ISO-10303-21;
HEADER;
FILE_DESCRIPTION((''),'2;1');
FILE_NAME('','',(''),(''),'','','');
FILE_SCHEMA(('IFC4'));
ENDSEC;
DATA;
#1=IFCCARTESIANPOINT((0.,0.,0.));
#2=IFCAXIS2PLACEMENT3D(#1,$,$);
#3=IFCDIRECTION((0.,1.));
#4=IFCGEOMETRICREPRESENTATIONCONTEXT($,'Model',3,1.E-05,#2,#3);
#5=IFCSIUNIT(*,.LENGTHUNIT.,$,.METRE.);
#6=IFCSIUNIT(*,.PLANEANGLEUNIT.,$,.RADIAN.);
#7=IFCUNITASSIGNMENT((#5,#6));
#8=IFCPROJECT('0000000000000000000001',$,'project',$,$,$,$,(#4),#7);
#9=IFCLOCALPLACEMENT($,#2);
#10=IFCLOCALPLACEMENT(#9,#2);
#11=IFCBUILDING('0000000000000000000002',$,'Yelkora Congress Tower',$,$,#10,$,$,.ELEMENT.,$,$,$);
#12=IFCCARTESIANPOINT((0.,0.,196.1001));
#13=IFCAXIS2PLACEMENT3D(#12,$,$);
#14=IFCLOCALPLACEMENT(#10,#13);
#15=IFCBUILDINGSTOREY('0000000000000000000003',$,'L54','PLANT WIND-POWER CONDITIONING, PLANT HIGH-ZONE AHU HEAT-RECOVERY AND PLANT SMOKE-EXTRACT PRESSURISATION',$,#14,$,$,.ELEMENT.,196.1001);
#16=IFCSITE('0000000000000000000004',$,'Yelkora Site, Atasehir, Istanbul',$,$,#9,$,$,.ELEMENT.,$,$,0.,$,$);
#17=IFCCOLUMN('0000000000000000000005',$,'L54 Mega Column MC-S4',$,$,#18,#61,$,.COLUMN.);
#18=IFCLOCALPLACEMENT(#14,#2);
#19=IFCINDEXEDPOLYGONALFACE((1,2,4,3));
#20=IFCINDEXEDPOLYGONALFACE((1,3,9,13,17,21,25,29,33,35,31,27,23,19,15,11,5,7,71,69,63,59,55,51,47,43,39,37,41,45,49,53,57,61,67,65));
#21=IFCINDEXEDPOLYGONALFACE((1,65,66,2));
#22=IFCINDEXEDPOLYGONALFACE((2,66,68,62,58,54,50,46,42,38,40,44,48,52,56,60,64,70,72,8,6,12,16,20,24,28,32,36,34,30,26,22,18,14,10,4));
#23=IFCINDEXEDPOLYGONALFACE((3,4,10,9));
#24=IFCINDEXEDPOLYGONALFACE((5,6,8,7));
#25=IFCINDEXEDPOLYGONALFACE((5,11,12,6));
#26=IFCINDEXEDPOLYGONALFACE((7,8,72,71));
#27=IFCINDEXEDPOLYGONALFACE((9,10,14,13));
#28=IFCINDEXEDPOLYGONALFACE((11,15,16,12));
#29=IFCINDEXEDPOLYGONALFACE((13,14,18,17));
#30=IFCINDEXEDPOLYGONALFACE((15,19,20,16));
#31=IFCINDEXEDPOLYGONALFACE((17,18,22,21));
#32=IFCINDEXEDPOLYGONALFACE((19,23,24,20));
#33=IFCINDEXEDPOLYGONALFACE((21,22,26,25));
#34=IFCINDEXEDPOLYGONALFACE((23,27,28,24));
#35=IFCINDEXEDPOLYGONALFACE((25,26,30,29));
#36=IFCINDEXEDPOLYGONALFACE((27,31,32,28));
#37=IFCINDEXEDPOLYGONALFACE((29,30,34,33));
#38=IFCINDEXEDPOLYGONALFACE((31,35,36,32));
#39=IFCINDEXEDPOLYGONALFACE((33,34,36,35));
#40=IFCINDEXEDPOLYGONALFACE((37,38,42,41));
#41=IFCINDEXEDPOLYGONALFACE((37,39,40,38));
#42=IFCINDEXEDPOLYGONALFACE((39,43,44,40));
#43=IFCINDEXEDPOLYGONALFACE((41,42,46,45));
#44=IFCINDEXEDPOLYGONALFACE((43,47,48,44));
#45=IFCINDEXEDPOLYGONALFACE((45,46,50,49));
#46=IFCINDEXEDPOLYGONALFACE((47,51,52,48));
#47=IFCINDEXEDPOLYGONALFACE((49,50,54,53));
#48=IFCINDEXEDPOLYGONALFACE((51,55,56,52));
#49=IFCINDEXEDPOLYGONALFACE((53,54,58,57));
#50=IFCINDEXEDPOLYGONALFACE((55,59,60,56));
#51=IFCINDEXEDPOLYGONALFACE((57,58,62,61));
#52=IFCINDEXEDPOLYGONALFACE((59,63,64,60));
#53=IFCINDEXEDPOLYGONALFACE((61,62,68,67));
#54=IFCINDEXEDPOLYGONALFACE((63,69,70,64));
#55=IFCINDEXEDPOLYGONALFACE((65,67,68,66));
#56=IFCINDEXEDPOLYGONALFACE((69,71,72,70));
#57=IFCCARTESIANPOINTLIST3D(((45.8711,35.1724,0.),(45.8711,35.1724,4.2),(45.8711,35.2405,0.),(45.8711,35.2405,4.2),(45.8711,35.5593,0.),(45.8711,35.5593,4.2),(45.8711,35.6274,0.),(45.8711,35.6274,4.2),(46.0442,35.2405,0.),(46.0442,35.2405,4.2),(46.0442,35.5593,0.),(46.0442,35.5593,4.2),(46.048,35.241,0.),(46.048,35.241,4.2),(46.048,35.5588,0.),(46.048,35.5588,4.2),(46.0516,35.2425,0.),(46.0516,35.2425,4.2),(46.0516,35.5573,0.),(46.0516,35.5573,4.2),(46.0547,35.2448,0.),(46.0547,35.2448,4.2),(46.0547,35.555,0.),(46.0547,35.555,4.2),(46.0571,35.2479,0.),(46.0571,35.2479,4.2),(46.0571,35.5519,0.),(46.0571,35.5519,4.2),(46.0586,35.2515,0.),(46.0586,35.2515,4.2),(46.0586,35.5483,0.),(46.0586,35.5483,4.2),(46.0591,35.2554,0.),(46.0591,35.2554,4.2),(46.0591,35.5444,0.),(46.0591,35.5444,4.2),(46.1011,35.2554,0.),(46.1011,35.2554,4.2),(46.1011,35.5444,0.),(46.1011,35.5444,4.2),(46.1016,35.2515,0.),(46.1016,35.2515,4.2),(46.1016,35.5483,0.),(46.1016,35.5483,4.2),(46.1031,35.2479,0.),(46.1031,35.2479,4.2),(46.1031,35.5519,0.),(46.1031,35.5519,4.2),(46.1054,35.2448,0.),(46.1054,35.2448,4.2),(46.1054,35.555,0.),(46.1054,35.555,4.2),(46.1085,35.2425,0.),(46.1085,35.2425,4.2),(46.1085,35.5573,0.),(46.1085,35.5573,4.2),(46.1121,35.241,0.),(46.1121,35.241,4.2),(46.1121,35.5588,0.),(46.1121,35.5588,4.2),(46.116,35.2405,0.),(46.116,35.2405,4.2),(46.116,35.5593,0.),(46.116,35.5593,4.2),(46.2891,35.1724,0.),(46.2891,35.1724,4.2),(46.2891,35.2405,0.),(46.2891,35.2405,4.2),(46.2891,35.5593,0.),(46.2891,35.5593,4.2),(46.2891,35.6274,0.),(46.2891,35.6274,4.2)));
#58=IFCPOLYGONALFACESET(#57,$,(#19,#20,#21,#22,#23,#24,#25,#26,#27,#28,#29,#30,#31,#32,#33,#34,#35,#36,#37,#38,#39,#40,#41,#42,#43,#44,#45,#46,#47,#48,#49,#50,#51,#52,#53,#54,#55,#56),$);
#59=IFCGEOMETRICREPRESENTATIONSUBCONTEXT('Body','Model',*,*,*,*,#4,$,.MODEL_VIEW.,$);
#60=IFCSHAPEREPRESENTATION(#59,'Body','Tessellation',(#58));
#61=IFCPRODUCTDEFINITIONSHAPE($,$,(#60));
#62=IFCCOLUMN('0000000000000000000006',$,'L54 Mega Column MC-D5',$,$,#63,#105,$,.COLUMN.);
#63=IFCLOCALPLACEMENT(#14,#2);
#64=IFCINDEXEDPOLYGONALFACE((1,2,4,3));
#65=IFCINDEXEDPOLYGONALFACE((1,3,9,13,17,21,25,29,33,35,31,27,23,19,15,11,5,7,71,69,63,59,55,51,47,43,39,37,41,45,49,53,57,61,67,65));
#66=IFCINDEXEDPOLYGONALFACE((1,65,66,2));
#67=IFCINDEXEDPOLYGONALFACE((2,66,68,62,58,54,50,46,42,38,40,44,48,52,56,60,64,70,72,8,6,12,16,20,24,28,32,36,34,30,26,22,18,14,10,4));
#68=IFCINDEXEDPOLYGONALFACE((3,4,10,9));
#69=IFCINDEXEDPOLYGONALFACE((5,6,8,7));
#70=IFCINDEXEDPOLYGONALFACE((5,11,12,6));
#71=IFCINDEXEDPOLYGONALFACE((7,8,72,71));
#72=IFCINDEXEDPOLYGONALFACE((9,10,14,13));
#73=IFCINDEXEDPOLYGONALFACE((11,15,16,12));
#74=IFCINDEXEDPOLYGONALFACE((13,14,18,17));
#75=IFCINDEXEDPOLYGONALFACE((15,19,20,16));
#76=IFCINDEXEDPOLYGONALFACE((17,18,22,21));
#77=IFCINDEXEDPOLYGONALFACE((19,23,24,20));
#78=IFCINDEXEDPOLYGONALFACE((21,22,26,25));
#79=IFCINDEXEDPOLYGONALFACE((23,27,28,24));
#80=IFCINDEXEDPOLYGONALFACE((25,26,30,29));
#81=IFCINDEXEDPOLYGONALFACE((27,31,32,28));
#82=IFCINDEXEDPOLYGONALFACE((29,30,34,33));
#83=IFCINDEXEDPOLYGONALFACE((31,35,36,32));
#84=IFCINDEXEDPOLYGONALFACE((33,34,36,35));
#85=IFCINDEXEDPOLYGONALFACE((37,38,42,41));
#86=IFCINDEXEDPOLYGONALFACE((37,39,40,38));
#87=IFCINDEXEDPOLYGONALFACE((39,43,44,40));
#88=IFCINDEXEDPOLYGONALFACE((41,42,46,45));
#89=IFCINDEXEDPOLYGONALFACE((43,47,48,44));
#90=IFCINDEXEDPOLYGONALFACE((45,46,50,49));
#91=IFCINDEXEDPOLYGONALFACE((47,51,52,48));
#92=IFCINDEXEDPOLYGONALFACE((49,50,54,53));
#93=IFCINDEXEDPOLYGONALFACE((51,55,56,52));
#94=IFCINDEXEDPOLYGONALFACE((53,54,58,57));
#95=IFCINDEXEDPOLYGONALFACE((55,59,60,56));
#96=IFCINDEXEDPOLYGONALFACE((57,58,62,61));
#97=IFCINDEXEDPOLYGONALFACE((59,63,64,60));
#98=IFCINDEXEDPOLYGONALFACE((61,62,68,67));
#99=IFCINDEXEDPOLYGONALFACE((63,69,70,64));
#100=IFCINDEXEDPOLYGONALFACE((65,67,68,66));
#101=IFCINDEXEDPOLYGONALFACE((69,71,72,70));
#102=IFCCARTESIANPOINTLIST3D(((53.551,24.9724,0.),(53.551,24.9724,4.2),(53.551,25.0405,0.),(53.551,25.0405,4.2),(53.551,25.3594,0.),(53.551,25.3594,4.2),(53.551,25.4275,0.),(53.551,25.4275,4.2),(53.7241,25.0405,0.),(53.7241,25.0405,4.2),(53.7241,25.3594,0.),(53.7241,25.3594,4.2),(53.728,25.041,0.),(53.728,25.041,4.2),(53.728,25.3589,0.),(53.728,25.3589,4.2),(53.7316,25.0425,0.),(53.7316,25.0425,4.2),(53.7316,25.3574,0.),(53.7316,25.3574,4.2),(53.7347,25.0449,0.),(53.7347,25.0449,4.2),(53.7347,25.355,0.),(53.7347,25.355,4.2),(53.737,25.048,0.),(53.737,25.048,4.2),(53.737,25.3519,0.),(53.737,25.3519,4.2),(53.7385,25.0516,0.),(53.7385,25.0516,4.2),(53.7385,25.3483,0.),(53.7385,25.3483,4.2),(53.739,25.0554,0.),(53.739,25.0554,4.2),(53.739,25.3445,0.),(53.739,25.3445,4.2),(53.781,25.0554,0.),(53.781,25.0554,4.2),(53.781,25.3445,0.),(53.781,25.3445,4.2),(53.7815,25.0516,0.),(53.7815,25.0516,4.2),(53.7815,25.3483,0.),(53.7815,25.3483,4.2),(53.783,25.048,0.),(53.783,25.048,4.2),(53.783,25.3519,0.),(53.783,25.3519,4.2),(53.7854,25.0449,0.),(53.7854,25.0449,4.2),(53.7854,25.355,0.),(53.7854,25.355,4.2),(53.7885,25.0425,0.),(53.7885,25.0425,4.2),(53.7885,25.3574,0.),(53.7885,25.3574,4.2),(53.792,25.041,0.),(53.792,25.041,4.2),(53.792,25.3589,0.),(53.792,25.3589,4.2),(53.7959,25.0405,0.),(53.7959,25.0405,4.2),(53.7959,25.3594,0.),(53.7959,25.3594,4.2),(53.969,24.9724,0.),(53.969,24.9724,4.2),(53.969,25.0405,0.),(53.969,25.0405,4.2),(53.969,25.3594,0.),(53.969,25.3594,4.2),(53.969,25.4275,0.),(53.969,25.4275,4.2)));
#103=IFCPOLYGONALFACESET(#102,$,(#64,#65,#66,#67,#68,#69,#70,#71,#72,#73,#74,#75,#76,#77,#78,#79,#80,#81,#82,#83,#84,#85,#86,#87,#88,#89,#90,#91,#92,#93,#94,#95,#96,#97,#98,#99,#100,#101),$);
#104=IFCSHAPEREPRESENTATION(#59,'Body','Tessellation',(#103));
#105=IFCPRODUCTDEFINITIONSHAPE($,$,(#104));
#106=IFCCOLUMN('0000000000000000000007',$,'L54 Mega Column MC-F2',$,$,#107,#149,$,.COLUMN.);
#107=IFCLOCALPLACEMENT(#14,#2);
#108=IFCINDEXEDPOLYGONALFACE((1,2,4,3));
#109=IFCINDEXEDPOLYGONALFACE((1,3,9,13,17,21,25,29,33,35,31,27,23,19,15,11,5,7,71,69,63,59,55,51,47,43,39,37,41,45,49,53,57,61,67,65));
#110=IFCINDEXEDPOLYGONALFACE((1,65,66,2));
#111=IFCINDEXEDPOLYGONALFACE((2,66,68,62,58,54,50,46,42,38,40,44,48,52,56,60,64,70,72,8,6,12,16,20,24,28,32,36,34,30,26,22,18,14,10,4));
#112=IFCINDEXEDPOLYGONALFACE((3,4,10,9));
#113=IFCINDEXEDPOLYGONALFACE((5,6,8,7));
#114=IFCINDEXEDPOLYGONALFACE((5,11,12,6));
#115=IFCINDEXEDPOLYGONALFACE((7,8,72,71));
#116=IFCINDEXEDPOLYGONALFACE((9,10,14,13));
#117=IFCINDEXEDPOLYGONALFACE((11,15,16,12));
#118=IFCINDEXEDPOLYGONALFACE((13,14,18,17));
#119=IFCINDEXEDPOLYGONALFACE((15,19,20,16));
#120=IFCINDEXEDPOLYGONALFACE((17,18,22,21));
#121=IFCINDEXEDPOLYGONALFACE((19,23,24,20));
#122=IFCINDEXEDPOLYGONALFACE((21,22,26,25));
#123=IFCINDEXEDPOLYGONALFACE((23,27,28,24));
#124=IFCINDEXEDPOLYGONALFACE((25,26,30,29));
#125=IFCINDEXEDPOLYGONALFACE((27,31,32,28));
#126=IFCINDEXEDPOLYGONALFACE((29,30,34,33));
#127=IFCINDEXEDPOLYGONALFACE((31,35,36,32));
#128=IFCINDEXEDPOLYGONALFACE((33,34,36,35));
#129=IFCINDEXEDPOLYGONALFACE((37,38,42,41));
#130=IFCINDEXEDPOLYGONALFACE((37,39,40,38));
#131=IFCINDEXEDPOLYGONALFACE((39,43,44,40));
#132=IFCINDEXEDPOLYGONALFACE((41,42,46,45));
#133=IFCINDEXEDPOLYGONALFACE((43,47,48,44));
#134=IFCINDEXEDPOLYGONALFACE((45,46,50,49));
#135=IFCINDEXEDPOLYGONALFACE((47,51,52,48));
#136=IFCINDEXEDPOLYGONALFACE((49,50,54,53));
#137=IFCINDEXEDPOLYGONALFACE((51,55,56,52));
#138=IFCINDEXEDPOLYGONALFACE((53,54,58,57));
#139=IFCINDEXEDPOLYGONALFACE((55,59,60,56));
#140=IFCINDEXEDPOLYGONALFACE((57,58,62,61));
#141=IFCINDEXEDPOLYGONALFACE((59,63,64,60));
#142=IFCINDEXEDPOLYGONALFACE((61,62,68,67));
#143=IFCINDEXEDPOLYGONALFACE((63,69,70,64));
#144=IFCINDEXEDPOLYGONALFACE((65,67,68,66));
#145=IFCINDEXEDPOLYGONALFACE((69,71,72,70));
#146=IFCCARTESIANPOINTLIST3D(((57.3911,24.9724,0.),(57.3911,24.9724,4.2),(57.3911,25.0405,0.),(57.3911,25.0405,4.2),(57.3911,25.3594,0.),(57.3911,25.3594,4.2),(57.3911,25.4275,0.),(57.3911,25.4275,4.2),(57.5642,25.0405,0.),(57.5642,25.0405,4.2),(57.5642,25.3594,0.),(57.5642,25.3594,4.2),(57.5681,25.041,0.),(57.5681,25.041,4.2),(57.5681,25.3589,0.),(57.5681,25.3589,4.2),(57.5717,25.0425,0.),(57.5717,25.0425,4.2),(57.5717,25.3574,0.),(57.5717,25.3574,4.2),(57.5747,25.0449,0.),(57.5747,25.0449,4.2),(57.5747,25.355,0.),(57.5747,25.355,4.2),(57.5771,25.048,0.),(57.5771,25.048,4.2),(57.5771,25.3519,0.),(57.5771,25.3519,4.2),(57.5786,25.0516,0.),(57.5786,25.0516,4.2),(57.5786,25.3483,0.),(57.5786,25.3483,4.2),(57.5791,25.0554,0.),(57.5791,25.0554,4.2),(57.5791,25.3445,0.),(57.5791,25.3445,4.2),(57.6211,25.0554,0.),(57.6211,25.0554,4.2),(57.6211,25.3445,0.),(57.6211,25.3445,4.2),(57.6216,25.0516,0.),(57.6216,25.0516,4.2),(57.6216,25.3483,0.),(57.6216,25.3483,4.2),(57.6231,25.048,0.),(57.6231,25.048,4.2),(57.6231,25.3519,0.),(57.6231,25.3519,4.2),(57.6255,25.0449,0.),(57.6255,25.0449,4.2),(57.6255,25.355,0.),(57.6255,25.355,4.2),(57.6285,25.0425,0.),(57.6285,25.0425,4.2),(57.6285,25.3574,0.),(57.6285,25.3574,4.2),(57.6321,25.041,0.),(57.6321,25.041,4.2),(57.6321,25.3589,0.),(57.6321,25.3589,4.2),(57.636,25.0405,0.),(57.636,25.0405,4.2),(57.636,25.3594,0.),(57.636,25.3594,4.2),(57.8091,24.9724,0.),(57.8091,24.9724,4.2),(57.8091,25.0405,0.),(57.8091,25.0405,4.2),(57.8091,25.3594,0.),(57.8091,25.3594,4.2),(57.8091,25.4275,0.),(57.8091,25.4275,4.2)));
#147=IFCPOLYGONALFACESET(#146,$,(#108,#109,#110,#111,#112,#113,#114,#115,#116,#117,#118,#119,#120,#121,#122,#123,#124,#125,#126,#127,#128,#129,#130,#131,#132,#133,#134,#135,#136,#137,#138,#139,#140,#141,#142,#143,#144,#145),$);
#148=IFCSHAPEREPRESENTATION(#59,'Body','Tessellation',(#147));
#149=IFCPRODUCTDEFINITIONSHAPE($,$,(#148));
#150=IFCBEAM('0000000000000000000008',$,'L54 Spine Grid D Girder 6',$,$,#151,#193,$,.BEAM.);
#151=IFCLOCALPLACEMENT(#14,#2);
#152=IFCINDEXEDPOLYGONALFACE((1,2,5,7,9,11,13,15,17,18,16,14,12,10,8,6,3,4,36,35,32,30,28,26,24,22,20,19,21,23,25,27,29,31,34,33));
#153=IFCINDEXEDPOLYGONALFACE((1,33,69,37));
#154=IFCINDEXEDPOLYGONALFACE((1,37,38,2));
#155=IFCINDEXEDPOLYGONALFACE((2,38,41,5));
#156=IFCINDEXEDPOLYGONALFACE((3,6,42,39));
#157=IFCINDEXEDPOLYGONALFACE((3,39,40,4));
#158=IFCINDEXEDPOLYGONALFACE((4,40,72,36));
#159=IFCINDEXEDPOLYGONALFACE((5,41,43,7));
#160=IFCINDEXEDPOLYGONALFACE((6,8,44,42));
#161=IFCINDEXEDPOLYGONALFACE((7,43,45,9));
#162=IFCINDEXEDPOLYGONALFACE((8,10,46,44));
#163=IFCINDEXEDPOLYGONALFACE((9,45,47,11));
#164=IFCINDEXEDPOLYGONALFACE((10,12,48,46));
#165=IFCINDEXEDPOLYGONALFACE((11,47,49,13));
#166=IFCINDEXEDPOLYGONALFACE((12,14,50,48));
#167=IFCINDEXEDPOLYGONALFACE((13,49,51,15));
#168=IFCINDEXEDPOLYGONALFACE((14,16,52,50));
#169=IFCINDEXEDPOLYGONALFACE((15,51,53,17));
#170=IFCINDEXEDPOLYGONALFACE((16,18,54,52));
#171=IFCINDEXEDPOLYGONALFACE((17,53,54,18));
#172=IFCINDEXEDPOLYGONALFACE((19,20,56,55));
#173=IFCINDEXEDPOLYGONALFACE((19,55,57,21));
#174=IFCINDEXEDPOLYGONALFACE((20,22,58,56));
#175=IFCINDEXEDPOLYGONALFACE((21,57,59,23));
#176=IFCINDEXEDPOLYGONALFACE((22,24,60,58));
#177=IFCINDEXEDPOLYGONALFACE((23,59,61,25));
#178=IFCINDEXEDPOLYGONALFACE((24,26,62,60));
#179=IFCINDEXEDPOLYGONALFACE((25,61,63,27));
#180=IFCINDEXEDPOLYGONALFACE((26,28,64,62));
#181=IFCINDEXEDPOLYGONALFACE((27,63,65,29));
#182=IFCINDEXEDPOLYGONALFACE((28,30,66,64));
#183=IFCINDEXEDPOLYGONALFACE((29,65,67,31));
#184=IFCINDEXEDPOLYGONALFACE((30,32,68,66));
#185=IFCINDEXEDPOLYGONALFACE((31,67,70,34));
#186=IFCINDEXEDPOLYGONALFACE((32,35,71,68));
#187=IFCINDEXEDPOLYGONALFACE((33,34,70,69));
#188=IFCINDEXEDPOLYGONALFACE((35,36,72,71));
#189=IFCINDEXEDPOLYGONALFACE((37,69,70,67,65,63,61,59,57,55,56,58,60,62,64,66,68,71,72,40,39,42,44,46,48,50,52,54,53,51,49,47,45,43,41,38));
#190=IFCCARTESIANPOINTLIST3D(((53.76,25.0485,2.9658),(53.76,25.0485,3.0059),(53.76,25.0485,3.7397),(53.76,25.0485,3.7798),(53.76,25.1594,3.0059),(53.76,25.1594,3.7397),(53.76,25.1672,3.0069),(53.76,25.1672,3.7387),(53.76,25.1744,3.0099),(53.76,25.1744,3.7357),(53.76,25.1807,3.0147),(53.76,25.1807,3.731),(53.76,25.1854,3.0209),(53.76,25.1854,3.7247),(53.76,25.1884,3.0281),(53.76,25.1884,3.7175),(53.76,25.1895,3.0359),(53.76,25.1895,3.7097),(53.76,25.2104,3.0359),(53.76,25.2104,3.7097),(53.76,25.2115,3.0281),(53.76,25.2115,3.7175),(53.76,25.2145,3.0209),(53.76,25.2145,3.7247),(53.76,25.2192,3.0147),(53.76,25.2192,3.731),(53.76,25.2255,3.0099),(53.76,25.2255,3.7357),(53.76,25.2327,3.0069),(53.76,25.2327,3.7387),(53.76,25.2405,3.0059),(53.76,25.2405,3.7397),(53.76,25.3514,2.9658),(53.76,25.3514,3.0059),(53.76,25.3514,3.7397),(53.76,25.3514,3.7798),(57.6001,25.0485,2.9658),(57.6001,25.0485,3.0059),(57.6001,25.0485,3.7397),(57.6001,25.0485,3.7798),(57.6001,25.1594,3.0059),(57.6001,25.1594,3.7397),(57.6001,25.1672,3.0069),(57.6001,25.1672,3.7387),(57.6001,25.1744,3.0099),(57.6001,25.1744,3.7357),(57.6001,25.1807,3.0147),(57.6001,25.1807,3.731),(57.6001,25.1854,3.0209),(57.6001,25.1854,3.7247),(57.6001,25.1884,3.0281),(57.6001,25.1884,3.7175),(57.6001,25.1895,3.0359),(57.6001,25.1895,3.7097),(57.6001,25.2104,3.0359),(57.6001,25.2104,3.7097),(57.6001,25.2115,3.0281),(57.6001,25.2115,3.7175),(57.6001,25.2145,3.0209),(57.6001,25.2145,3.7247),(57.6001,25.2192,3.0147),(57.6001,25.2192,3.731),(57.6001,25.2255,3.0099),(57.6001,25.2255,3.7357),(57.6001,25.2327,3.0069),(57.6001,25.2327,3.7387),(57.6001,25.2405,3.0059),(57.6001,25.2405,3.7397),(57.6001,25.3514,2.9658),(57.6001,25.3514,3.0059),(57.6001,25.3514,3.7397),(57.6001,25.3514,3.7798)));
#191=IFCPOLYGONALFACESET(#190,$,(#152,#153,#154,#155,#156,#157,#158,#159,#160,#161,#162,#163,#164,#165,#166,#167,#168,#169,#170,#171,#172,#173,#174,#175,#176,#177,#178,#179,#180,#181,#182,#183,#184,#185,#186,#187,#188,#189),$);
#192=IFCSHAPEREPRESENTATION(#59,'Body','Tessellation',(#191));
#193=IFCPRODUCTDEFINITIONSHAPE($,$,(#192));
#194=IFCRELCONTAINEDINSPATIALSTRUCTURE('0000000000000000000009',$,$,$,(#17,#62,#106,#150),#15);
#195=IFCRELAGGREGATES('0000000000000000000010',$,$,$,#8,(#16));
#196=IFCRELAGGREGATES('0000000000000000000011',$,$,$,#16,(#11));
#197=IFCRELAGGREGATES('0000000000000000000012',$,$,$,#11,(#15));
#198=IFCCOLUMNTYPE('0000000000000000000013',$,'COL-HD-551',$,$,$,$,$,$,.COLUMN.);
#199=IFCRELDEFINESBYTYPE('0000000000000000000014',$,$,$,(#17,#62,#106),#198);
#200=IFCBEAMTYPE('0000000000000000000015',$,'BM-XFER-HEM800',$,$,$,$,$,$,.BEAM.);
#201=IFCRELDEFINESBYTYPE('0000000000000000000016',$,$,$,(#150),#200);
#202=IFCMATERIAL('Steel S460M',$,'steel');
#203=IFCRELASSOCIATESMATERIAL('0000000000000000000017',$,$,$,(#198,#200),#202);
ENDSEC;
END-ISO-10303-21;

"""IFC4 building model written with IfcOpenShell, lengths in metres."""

from ifc_helpers import new_model, si_unit, direction, frame, origin, origin_2d, place, context, subcontext, project, spatial, i_section, extrude, material, material_profile, profile_set, type_object, element, save


model = new_model("IFC4")

# Units and contexts
model_context = context("Model", 3, precision=1e-05, world=origin(), true_north=direction((0.0, 1.0)))
body_context = subcontext(model_context, "Body", "Model", "MODEL_VIEW")
ifc_project = project(units=[si_unit("LENGTHUNIT", "METRE"), si_unit("PLANEANGLEUNIT", "RADIAN")], contexts=[model_context])

# Site, building, storey
site_placement = place(None, origin())
site = spatial("IfcSite", under=ifc_project, at=site_placement, Name="Yelkora Site, Atasehir, Istanbul", CompositionType="ELEMENT", RefElevation=0.0)
building_placement = place(site_placement, origin())
building = spatial("IfcBuilding", under=site, at=building_placement, Name="Yelkora Congress Tower", CompositionType="ELEMENT")
storey_placement = place(building_placement, frame((0.0, 0.0, 196.1001)))
storey = spatial("IfcBuildingStorey", under=building, at=storey_placement, Name="L54", Description="PLANT WIND-POWER CONDITIONING, PLANT HIGH-ZONE AHU HEAT-RECOVERY AND PLANT SMOKE-EXTRACT PRESSURISATION", CompositionType="ELEMENT", Elevation=196.1001)

# Columns
ifc_material_1 = material(Name="Steel S460M", Category="steel")
ifc_material_profile_1 = material_profile(ifc_material_1, i_section(OverallWidth=0.418, OverallDepth=0.4551, WebThickness=0.042, FlangeThickness=0.0681, FilletRadius=0.0149, at=origin_2d()), Name="HD 400x551")
ifc_profile_set_1 = profile_set([ifc_material_profile_1], Name="Steel S460M")
column_type = type_object("IfcColumnType", Name="COL-HD-551", PredefinedType="COLUMN", material=ifc_profile_set_1)
for number, where, z_axis, x_axis, name in (
    (1, (46.0801, 35.3999, 0.0), (0.0, 0.0, 1.0), (1.0, 0.0, 0.0), "L54 Mega Column MC-S4"),
    (2, (53.76, 25.2, 0.0), (0.0, 0.0, 1.0), (1.0, 0.0, 0.0), "L54 Mega Column MC-D5"),
    (3, (57.6001, 25.2, 0.0), (0.0, 0.0, 1.0), (1.0, 0.0, 0.0), "L54 Mega Column MC-F2"),
):
    element("IfcColumn", number, at=place(storey_placement, frame(where, z_axis=z_axis, x_axis=x_axis)), inside=storey, type_object=column_type, Name=name, PredefinedType="COLUMN", context=body_context, shape_type="SweptSolid", body=[
        extrude(i_section(OverallWidth=0.418, OverallDepth=0.4551, WebThickness=0.042, FlangeThickness=0.0681, FilletRadius=0.0149, at=origin_2d()), origin(), (0.0, 0.0, 1.0), 4.2),
    ])

# Beam
ifc_material_profile_2 = material_profile(ifc_material_1, i_section(OverallWidth=0.303, OverallDepth=0.814, WebThickness=0.021, FlangeThickness=0.04, FilletRadius=0.03, at=origin_2d()), Name="HEM 800")
ifc_profile_set_2 = profile_set([ifc_material_profile_2], Name="Steel S460M")
beam_type = type_object("IfcBeamType", Name="BM-XFER-HEM800", PredefinedType="BEAM", material=ifc_profile_set_2)
beam_1_placement = place(storey_placement, frame((53.76, 25.2, 3.3728), z_axis=(1.0, 0.0, 0.0), x_axis=(0.0, 1.0, 0.0)))
element("IfcBeam", 4, at=beam_1_placement, inside=storey, type_object=beam_type, Name="L54 Spine Grid D Girder 6", PredefinedType="BEAM", context=body_context, shape_type="SweptSolid", body=[
    extrude(i_section(OverallWidth=0.303, OverallDepth=0.814, WebThickness=0.021, FlangeThickness=0.04, FilletRadius=0.03, at=origin_2d()), origin(), (0.0, 0.0, 1.0), 3.8401),
])

save(model, "model.ifc")
